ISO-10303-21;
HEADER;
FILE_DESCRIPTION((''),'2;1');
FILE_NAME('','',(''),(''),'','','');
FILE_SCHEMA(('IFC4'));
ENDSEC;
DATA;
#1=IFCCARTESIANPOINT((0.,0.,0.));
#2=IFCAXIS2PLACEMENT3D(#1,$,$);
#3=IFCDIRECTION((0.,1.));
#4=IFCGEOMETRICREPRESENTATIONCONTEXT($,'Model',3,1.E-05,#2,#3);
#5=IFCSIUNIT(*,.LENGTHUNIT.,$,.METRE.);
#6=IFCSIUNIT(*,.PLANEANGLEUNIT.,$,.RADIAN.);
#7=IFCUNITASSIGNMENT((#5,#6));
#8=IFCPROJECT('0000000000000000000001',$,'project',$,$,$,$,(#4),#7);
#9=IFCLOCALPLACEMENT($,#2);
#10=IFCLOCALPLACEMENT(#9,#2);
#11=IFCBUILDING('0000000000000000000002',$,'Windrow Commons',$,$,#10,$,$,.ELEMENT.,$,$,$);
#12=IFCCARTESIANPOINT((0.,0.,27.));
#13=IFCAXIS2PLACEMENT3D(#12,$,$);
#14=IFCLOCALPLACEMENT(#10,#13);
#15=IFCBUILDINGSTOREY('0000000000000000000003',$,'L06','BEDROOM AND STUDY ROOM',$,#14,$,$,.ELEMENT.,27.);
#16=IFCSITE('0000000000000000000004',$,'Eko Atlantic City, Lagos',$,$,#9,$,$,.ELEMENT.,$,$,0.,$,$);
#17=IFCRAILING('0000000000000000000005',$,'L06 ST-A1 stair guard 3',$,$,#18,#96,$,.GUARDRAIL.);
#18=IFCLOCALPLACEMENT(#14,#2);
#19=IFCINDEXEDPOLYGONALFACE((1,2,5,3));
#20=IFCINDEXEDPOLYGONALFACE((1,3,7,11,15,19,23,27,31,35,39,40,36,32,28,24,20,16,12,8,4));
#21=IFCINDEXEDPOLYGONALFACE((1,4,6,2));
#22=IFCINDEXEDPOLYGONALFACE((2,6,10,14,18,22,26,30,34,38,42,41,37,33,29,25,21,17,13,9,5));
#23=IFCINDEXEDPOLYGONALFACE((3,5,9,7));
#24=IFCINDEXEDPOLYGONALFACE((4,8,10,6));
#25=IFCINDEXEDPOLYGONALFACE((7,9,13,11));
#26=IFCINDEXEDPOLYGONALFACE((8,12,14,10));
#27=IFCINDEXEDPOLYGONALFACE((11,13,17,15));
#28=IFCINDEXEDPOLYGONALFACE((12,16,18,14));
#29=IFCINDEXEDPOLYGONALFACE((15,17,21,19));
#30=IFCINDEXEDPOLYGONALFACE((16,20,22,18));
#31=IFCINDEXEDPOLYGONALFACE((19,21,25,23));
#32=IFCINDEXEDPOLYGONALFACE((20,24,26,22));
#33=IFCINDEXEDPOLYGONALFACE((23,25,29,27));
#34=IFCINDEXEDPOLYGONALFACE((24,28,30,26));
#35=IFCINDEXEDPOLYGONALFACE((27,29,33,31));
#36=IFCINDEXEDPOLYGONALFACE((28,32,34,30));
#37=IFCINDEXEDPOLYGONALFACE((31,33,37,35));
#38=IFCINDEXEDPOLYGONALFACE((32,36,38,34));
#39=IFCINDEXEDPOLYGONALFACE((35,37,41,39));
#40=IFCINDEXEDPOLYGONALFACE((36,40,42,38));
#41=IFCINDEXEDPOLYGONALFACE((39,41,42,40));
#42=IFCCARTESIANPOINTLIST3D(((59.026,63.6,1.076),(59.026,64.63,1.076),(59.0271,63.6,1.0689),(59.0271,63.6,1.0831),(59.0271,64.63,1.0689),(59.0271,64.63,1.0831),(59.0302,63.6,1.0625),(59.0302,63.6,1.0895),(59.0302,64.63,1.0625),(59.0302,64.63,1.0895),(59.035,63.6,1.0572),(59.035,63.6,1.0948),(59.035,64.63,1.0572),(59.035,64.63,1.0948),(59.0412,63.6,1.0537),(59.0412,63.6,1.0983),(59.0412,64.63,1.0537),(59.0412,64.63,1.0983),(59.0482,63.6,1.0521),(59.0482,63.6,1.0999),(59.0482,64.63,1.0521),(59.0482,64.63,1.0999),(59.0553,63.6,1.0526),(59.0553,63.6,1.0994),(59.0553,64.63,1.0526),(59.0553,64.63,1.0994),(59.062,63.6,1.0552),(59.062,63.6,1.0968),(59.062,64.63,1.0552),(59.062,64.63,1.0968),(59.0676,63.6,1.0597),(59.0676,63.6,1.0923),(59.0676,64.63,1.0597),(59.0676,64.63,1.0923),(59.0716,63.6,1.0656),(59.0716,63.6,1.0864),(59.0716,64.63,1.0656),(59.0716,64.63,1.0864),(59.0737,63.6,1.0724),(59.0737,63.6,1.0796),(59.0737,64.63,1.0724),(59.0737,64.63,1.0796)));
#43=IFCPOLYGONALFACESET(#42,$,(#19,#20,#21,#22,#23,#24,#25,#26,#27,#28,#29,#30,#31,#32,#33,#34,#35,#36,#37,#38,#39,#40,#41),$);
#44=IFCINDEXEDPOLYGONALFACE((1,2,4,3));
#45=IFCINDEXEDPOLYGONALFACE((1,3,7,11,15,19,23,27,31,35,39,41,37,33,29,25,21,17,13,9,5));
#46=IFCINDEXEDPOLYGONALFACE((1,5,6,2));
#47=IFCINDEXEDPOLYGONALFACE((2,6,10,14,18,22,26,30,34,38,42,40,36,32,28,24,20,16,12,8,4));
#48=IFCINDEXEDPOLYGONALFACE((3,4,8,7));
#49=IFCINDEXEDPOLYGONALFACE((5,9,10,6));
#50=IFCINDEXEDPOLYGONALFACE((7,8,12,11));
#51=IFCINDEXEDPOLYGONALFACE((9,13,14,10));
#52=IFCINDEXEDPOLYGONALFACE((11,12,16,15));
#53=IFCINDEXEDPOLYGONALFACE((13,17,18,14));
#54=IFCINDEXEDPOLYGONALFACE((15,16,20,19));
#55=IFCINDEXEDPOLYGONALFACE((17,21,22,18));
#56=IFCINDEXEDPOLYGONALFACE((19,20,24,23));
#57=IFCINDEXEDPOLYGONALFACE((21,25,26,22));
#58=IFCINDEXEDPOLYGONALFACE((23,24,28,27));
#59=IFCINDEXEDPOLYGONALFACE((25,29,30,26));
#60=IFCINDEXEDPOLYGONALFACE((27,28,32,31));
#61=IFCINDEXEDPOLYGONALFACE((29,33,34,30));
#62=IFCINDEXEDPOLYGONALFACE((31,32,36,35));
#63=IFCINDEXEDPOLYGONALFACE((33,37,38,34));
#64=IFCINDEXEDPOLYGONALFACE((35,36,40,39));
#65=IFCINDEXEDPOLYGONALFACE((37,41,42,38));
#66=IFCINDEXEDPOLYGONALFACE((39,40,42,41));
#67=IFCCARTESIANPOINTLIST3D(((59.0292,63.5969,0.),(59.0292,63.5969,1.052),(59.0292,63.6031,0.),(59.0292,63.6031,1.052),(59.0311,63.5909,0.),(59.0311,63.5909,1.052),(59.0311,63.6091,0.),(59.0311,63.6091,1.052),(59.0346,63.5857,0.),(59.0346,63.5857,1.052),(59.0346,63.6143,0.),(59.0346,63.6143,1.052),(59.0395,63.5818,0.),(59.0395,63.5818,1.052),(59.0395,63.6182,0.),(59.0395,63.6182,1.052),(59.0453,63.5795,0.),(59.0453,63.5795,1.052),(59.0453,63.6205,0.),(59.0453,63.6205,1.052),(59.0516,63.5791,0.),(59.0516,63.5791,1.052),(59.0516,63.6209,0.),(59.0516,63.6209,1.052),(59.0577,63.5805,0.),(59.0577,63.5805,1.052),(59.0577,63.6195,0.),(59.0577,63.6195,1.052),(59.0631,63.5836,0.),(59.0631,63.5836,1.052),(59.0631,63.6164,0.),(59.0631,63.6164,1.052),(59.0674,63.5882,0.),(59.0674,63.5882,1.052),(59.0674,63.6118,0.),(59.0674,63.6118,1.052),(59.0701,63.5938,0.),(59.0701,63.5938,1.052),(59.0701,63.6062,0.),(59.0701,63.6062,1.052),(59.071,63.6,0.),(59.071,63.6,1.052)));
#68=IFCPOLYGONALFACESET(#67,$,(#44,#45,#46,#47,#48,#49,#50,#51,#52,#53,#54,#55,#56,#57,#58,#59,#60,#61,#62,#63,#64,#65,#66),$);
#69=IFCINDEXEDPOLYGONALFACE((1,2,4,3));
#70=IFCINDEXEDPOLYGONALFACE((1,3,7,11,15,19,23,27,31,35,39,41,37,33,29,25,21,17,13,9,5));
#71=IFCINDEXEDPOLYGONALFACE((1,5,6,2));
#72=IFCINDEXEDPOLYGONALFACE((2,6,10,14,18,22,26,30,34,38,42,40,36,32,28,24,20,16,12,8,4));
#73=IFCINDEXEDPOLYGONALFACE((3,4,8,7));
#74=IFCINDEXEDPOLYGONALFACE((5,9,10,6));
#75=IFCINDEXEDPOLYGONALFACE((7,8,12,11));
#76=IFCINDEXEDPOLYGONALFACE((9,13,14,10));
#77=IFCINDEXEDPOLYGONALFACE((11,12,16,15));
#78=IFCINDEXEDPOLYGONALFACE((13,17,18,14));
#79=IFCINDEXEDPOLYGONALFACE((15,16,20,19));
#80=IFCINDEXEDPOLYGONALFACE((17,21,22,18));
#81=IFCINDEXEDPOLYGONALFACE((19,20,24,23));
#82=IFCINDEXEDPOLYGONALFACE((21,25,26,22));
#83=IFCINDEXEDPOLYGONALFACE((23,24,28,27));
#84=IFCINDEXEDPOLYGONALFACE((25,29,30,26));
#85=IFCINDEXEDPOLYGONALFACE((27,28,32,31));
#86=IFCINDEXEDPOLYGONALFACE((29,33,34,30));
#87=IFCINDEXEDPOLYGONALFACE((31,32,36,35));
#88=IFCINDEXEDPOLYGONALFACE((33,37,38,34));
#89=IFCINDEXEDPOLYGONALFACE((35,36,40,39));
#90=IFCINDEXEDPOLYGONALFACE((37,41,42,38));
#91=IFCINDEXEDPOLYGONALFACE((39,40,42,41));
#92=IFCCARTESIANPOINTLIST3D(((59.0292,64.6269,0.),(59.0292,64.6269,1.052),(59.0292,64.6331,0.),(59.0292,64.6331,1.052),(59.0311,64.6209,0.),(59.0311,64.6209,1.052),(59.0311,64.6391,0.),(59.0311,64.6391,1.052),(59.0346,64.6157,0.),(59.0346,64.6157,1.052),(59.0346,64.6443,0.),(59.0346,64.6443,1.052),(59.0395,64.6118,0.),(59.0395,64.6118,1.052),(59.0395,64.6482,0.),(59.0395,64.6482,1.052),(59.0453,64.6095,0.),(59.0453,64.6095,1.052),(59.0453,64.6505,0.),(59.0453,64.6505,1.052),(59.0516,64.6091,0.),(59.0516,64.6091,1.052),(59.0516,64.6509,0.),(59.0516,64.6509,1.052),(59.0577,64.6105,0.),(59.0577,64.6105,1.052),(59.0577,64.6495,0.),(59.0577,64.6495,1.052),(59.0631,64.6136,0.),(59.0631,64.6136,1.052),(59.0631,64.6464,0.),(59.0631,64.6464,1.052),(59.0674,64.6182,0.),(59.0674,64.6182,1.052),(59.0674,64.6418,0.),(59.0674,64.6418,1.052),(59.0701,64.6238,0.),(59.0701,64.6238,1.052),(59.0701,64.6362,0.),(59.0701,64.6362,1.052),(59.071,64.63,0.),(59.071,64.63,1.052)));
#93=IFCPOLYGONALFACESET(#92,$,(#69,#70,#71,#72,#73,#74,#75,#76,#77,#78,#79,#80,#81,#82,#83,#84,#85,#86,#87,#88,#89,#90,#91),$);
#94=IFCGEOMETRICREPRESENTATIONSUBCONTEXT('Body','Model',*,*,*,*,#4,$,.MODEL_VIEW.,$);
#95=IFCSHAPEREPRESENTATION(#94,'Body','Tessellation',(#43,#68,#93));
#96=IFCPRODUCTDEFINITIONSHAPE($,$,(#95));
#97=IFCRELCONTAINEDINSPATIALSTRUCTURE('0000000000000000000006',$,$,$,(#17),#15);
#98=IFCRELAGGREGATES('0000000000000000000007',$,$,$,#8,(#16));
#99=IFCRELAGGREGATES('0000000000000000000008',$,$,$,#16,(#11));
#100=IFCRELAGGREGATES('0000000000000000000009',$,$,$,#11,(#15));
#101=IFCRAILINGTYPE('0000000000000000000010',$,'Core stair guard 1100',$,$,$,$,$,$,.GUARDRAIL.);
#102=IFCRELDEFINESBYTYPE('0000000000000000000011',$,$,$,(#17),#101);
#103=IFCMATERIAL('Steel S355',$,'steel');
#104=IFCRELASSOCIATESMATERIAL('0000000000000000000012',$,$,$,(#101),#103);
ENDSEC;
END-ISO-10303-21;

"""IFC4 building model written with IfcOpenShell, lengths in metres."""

from ifc_helpers import new_model, si_unit, direction, frame, origin, origin_2d, place, context, subcontext, project, spatial, circle, extrude, material, type_object, element, save


model = new_model("IFC4")

# Units and contexts
model_context = context("Model", 3, precision=1e-05, world=origin(), true_north=direction((0.0, 1.0)))
body_context = subcontext(model_context, "Body", "Model", "MODEL_VIEW")
ifc_project = project(units=[si_unit("LENGTHUNIT", "METRE"), si_unit("PLANEANGLEUNIT", "RADIAN")], contexts=[model_context])

# Site, building, storey
site_placement = place(None, origin())
site = spatial("IfcSite", under=ifc_project, at=site_placement, Name="Eko Atlantic City, Lagos", CompositionType="ELEMENT", RefElevation=0.0)
building_placement = place(site_placement, origin())
building = spatial("IfcBuilding", under=site, at=building_placement, Name="Windrow Commons", CompositionType="ELEMENT")
storey_placement = place(building_placement, frame((0.0, 0.0, 27.0)))
storey = spatial("IfcBuildingStorey", under=building, at=storey_placement, Name="L06", Description="BEDROOM AND STUDY ROOM", CompositionType="ELEMENT", Elevation=27.0)

# Railing
ifc_material_1 = material(Name="Steel S355", Category="steel")
railing_type_1 = type_object("IfcRailingType", Name="Core stair guard 1100", PredefinedType="GUARDRAIL", material=ifc_material_1)
railing_1_placement = place(storey_placement, frame((59.05, 63.6, 0.0)))
element("IfcRailing", 1, at=railing_1_placement, inside=storey, type_object=railing_type_1, Name="L06 ST-A1 stair guard 3", PredefinedType="GUARDRAIL", context=body_context, shape_type="SweptSolid", body=[
    extrude(circle(Radius=0.024, at=origin_2d()), frame((0.0, 0.0, 1.076), z_axis=(0.0, 1.0, 0.0), x_axis=(-1.0, 0.0, 0.0)), (0.0, 0.0, 1.0), 1.03),
    extrude(circle(Radius=0.021, at=origin_2d()), origin(), (0.0, 0.0, 1.0), 1.052),
    extrude(circle(Radius=0.021, at=origin_2d()), frame((0.0, 1.03, 0.0)), (0.0, 0.0, 1.0), 1.052),
])

save(model, "model.ifc")
